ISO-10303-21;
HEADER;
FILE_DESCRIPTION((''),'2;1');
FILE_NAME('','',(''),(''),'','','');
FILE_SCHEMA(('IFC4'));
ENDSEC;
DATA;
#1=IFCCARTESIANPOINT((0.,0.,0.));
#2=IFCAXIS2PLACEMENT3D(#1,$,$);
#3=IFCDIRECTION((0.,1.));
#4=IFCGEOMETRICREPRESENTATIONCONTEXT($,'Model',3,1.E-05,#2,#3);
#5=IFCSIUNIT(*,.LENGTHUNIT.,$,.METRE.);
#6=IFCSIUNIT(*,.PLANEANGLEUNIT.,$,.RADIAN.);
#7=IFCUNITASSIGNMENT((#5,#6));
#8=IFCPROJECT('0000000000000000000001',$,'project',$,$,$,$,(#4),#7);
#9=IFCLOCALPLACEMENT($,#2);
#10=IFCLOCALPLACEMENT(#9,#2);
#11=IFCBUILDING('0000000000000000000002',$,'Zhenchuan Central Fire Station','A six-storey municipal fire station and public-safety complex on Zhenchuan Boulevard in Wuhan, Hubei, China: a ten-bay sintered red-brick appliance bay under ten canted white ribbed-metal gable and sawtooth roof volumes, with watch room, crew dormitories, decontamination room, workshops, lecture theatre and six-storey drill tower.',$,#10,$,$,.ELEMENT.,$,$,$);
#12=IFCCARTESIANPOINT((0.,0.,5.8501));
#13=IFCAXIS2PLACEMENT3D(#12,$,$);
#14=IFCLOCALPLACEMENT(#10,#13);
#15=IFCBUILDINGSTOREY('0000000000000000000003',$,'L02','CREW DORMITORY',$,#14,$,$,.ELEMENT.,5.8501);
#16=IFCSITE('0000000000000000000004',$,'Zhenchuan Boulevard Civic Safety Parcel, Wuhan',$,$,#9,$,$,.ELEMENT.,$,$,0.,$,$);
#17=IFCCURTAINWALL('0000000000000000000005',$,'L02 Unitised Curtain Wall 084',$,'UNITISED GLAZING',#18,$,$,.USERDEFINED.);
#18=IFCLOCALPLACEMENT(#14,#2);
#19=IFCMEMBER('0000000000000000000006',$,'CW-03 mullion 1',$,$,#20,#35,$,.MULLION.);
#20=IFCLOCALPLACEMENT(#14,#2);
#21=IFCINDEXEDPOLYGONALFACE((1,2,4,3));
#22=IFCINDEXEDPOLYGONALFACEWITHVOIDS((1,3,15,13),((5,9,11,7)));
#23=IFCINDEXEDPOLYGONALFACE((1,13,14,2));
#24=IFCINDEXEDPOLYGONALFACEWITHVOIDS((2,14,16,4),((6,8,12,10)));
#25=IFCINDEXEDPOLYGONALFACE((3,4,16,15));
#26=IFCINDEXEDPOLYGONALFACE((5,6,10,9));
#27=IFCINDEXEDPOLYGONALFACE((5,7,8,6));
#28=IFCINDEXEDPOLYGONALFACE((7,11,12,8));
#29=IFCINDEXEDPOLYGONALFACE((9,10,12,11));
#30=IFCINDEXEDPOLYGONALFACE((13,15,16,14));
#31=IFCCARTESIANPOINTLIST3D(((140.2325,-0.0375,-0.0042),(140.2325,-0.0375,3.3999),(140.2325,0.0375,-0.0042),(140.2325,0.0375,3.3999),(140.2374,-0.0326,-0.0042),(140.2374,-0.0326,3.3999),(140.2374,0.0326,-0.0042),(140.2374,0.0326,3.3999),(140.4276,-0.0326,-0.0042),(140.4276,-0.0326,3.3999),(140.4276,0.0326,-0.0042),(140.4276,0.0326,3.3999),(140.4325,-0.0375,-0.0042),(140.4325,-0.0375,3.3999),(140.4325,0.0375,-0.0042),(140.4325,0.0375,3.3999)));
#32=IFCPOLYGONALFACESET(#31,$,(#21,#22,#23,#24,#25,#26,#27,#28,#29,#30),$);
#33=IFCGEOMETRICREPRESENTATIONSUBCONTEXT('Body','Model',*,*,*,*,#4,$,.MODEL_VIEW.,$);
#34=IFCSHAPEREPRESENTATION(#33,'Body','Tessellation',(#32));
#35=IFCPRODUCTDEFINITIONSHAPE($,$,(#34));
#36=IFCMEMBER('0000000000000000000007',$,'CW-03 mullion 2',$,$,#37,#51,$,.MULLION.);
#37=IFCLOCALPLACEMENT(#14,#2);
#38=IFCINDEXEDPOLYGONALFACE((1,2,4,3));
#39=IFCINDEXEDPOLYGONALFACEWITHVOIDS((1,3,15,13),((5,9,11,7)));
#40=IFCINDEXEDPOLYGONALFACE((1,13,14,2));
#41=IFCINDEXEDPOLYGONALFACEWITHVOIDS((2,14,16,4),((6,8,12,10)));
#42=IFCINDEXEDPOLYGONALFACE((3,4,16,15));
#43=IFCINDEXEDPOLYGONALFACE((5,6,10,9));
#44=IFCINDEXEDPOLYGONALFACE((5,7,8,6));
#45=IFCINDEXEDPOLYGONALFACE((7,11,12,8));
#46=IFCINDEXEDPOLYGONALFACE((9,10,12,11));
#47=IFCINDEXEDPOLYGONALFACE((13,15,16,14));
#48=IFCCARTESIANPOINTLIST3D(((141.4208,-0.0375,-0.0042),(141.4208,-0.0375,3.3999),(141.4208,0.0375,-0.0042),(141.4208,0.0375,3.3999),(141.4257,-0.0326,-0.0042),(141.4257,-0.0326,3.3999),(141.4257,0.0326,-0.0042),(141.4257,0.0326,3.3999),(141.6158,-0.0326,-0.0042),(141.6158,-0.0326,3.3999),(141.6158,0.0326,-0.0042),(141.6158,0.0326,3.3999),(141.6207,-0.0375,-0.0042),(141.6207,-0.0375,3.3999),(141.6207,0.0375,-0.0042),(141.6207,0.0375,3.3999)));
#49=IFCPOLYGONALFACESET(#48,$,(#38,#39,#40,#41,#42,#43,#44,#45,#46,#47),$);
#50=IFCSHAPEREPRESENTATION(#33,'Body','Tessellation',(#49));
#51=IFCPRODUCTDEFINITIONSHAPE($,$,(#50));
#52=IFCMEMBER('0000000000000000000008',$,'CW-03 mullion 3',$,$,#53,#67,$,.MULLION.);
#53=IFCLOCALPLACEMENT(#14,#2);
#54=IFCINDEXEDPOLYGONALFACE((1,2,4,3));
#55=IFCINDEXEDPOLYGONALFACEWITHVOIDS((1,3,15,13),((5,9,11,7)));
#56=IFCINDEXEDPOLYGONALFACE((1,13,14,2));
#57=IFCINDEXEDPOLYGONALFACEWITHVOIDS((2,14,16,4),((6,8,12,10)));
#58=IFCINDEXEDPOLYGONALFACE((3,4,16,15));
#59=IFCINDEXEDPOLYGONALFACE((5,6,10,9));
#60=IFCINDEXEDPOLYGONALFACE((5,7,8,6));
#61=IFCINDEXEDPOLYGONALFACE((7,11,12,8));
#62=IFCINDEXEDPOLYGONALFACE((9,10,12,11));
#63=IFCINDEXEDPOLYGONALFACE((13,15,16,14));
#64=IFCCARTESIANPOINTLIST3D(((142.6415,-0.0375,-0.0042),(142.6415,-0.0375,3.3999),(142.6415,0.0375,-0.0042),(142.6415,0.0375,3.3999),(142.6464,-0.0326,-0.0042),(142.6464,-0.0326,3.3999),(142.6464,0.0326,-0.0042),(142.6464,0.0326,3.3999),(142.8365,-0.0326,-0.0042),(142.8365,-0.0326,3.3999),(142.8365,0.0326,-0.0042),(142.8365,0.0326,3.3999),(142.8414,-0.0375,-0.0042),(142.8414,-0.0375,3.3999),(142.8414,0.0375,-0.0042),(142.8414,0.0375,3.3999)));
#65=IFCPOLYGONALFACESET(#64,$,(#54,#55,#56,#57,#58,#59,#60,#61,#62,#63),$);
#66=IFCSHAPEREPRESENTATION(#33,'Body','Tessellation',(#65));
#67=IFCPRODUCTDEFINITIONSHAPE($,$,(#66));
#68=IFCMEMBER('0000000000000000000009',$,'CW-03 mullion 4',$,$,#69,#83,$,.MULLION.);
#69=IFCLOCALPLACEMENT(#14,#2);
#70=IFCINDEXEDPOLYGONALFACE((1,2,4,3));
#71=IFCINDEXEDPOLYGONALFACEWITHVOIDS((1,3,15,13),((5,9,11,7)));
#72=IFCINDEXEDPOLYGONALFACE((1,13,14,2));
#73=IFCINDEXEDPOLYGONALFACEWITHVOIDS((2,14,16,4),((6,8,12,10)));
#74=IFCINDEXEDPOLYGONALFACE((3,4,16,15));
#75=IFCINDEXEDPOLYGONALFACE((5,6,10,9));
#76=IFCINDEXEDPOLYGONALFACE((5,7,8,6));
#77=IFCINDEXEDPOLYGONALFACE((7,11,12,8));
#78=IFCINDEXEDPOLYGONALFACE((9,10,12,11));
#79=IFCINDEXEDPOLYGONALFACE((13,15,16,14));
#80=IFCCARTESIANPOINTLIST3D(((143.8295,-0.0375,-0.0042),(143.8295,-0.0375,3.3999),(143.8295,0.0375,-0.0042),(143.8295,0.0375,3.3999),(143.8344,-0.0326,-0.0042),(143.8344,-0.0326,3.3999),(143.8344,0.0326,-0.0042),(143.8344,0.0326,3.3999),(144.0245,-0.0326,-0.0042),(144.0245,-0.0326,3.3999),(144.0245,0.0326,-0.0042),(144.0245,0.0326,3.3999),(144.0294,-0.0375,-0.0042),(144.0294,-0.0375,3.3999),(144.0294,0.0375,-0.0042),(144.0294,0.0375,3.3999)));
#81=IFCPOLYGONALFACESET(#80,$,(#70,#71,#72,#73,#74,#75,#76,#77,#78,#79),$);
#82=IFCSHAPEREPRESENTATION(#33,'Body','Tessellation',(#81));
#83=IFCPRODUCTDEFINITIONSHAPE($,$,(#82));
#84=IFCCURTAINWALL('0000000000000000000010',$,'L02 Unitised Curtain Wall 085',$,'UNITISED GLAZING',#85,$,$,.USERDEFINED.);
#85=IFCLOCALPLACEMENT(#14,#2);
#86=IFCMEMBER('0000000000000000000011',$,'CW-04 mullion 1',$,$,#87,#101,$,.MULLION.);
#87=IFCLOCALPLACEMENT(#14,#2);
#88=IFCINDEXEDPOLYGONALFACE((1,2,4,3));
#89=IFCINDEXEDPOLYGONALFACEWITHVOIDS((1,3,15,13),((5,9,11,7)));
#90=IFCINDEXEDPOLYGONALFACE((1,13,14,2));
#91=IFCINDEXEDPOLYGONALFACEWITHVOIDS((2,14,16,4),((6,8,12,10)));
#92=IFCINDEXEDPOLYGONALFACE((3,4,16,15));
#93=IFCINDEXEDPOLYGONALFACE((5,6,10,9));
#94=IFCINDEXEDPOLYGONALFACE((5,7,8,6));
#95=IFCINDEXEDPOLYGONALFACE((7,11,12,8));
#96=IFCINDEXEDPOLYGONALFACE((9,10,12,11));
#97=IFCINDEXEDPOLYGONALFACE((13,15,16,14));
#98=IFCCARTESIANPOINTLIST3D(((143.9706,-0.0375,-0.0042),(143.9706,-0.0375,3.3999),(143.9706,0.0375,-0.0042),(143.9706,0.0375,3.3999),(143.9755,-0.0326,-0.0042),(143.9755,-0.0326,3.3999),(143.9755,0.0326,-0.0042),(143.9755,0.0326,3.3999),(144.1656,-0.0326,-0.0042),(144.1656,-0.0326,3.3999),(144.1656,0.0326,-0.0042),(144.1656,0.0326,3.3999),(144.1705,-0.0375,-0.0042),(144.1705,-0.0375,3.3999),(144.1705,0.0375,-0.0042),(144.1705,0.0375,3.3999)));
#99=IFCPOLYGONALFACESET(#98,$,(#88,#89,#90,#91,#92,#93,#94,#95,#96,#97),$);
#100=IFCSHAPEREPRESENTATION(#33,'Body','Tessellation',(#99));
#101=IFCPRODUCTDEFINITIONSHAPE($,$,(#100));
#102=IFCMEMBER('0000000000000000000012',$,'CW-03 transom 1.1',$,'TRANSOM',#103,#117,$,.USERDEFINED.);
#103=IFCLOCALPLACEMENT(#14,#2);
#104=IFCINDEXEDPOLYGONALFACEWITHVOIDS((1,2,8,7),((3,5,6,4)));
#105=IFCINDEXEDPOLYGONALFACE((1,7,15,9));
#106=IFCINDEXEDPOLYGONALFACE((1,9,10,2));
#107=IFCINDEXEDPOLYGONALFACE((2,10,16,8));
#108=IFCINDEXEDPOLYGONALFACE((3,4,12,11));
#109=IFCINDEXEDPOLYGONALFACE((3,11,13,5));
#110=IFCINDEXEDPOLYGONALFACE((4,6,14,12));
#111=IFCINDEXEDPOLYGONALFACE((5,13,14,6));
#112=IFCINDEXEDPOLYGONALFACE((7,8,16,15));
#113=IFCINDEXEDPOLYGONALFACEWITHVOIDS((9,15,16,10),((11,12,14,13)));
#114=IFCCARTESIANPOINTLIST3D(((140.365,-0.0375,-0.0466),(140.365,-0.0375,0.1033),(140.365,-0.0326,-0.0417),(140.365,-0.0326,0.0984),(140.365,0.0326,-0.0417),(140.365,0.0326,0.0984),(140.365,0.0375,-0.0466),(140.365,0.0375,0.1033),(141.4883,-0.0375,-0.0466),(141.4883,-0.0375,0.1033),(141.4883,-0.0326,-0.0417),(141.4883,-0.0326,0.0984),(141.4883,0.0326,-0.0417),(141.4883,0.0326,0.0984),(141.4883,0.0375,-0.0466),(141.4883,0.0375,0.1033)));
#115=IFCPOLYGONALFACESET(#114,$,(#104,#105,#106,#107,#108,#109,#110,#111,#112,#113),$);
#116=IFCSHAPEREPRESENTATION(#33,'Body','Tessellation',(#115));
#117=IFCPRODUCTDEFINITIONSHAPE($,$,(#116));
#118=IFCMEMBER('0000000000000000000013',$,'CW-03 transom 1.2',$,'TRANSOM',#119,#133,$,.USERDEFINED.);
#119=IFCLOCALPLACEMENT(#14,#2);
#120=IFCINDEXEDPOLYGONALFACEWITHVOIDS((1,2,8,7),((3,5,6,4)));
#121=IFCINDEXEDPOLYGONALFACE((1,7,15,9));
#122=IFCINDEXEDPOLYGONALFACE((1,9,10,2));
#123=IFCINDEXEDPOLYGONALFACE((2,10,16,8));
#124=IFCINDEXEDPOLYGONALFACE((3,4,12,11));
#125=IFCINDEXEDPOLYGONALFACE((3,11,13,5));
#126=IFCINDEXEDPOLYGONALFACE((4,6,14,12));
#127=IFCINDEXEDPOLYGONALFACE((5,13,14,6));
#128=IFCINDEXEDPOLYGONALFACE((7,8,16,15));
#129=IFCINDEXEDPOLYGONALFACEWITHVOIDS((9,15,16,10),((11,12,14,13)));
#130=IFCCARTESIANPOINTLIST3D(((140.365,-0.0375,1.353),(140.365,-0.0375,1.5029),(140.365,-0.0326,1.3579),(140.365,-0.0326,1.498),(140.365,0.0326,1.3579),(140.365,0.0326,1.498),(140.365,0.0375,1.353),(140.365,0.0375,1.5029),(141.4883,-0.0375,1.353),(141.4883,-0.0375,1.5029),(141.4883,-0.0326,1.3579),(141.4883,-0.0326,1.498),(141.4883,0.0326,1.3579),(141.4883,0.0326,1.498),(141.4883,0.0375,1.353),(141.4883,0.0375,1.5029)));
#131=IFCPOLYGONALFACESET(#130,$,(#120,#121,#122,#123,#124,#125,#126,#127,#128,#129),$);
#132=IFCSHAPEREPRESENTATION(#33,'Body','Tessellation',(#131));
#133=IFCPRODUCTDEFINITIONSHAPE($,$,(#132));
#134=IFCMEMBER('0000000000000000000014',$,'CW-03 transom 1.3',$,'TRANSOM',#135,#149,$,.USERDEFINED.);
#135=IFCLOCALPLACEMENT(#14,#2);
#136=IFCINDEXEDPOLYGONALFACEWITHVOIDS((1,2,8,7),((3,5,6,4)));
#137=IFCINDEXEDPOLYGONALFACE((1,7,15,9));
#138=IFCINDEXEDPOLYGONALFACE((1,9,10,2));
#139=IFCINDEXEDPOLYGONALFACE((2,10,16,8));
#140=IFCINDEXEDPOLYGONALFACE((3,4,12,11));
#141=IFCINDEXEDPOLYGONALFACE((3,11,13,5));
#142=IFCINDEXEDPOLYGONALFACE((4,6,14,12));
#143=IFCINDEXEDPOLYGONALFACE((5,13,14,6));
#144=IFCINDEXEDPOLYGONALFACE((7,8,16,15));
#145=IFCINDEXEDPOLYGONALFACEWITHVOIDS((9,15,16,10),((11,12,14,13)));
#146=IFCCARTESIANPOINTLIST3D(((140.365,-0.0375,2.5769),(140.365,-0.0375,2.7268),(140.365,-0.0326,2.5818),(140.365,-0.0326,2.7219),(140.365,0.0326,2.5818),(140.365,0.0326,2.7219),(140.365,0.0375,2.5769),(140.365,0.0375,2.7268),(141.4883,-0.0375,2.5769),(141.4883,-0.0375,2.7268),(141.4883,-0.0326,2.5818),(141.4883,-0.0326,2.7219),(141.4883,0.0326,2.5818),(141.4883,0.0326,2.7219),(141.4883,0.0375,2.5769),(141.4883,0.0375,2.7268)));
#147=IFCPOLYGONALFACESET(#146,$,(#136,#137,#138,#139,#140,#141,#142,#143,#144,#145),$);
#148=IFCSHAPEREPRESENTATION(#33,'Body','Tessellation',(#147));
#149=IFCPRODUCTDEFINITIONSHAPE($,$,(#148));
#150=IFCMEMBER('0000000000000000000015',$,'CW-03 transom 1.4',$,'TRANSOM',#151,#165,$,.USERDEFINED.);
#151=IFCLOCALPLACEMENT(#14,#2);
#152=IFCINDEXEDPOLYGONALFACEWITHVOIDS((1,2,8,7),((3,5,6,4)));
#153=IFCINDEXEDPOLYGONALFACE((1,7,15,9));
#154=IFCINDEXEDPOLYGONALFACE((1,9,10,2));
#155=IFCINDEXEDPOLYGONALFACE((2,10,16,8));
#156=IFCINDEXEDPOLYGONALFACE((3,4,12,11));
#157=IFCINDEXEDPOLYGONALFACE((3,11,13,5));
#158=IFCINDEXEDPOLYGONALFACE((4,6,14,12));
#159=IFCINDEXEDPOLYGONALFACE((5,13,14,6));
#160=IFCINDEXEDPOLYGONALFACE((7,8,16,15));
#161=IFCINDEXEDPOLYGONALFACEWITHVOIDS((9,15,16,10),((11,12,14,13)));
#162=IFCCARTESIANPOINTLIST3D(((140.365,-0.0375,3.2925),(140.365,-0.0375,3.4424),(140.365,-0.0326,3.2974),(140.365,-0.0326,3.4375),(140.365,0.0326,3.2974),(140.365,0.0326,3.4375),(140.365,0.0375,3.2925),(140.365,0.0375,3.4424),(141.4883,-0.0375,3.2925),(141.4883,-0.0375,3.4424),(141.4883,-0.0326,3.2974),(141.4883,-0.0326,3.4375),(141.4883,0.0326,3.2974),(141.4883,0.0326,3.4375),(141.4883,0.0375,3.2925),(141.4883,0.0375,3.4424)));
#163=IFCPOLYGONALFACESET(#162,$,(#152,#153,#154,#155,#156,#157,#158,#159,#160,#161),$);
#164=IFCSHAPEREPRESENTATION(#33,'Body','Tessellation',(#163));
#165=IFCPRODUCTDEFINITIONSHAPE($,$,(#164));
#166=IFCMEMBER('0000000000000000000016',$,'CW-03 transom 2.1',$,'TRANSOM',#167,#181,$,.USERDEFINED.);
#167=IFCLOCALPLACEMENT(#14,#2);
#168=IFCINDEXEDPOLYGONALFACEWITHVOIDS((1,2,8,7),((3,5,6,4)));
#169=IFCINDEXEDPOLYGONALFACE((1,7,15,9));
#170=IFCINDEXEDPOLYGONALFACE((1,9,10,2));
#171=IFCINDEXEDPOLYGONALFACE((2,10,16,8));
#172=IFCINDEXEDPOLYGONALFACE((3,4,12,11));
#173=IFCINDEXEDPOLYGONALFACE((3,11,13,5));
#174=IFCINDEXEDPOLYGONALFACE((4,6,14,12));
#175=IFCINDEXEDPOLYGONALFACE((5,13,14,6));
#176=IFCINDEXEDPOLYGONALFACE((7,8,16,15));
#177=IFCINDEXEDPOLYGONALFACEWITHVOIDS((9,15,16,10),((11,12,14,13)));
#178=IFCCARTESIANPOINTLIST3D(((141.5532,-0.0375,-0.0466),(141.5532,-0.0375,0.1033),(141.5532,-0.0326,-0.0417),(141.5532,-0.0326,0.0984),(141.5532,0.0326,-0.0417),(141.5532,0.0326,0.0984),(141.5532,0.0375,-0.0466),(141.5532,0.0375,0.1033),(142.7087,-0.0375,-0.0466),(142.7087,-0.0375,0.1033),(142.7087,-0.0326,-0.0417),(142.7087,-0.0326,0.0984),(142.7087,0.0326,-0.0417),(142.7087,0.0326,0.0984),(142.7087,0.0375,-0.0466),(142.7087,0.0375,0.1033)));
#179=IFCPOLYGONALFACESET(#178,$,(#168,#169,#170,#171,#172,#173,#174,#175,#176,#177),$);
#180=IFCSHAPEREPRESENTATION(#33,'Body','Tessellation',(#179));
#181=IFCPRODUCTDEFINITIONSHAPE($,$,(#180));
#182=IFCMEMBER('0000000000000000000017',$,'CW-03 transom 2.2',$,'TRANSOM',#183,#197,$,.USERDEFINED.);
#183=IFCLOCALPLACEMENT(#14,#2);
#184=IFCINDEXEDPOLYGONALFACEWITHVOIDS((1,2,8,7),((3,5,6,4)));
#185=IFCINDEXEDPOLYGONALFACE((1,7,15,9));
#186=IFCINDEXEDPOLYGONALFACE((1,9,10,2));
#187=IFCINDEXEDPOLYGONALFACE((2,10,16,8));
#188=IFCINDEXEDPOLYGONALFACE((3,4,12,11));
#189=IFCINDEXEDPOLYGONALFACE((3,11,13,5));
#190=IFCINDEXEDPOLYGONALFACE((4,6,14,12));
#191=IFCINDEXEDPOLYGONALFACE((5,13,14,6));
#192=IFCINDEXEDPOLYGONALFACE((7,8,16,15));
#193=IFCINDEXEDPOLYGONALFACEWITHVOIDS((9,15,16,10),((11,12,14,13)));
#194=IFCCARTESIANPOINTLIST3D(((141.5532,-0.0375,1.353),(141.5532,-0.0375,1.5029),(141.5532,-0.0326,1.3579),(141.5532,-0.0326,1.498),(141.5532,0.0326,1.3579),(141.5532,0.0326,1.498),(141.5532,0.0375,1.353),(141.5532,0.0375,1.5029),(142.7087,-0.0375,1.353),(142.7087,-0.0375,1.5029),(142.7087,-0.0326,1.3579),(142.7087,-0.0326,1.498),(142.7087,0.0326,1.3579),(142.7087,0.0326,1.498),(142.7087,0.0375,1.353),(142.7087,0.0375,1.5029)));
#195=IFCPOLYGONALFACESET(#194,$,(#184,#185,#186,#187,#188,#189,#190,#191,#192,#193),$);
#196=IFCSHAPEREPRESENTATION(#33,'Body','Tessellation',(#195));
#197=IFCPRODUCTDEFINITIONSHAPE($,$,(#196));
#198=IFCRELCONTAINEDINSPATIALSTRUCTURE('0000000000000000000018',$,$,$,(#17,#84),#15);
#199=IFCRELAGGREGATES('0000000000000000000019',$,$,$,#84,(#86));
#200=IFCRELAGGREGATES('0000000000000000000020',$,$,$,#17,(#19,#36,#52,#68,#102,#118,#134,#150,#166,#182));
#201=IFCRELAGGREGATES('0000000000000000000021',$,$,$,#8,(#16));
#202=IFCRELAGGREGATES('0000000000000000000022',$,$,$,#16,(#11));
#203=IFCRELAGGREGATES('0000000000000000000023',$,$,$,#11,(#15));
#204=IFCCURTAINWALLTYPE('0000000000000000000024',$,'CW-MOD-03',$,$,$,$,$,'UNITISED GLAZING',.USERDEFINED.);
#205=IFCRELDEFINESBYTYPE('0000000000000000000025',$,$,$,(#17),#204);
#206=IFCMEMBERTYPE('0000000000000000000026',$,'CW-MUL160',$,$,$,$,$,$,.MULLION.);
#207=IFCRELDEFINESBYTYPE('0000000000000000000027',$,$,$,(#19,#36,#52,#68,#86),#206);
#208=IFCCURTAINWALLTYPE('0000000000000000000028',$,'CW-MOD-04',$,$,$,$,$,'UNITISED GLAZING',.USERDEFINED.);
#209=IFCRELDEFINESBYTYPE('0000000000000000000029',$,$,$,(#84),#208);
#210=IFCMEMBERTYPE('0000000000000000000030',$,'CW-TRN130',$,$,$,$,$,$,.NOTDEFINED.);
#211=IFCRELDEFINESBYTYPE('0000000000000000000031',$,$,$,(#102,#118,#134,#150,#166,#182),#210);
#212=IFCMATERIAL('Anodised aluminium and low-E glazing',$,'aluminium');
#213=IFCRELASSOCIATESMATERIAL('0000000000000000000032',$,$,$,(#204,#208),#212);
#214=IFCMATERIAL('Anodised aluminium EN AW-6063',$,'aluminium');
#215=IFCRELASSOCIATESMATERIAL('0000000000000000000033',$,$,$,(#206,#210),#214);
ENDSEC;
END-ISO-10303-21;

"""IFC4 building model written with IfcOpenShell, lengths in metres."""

from ifc_helpers import new_model, si_unit, direction, frame, origin, origin_2d, place, context, subcontext, project, spatial, hollow_rectangle, extrude, material, material_profile, profile_set, type_object, element, aggregate, save


model = new_model("IFC4")

# Units and contexts
model_context = context("Model", 3, precision=1e-05, world=origin(), true_north=direction((0.0, 1.0)))
body_context = subcontext(model_context, "Body", "Model", "MODEL_VIEW")
ifc_project = project(units=[si_unit("LENGTHUNIT", "METRE"), si_unit("PLANEANGLEUNIT", "RADIAN")], contexts=[model_context])

# Site, building, storey
site_placement = place(None, origin())
site = spatial("IfcSite", under=ifc_project, at=site_placement, Name="Zhenchuan Boulevard Civic Safety Parcel, Wuhan", CompositionType="ELEMENT", RefElevation=0.0)
building_placement = place(site_placement, origin())
building = spatial("IfcBuilding", under=site, at=building_placement, Name="Zhenchuan Central Fire Station", Description="A six-storey municipal fire station and public-safety complex on Zhenchuan Boulevard in Wuhan, Hubei, China: a ten-bay sintered red-brick appliance bay under ten canted white ribbed-metal gable and sawtooth roof volumes, with watch room, crew dormitories, decontamination room, workshops, lecture theatre and six-storey drill tower.", CompositionType="ELEMENT")
storey_placement = place(building_placement, frame((0.0, 0.0, 5.8501)))
storey = spatial("IfcBuildingStorey", under=building, at=storey_placement, Name="L02", Description="CREW DORMITORY", CompositionType="ELEMENT", Elevation=5.8501)

# Curtain wall, members
ifc_material_1 = material(Name="Anodised aluminium and low-E glazing", Category="aluminium")
curtain_wall_type_1 = type_object("IfcCurtainWallType", Name="CW-MOD-03", ElementType="UNITISED GLAZING", PredefinedType="USERDEFINED", material=ifc_material_1)
curtain_wall_1_placement = place(storey_placement, origin())
curtain_wall_1 = element("IfcCurtainWall", 1, at=curtain_wall_1_placement, inside=storey, type_object=curtain_wall_type_1, Name="L02 Unitised Curtain Wall 084", ObjectType="UNITISED GLAZING", PredefinedType="USERDEFINED")
ifc_material_2 = material(Name="Anodised aluminium EN AW-6063", Category="aluminium")
ifc_material_profile_1 = material_profile(ifc_material_2, hollow_rectangle(XDim=0.075, YDim=0.2, WallThickness=0.0049, at=origin_2d()), Name="ALU-M 200x75")
ifc_profile_set_1 = profile_set([ifc_material_profile_1], Name="Anodised aluminium EN AW-6063")
member_type_1 = type_object("IfcMemberType", Name="CW-MUL160", PredefinedType="MULLION", material=ifc_profile_set_1)
member_1_placement = place(storey_placement, frame((140.3325, 0.0, -0.0042), z_axis=(0.0, 0.0, 1.0), x_axis=(0.0, 1.0, 0.0)))
member_1 = element("IfcMember", 2, at=member_1_placement, type_object=member_type_1, Name="CW-03 mullion 1", PredefinedType="MULLION", context=body_context, shape_type="SweptSolid", body=[
    extrude(hollow_rectangle(XDim=0.075, YDim=0.2, WallThickness=0.0049, at=origin_2d()), origin(), (0.0, 0.0, 1.0), 3.4041),
])
member_2_placement = place(storey_placement, frame((141.5208, 0.0, -0.0042), z_axis=(0.0, 0.0, 1.0), x_axis=(0.0, 1.0, 0.0)))
member_2 = element("IfcMember", 3, at=member_2_placement, type_object=member_type_1, Name="CW-03 mullion 2", PredefinedType="MULLION", context=body_context, shape_type="SweptSolid", body=[
    extrude(hollow_rectangle(XDim=0.075, YDim=0.2, WallThickness=0.0049, at=origin_2d()), origin(), (0.0, 0.0, 1.0), 3.4041),
])
member_3_placement = place(storey_placement, frame((142.7415, 0.0, -0.0042), z_axis=(0.0, 0.0, 1.0), x_axis=(0.0, 1.0, 0.0)))
member_3 = element("IfcMember", 4, at=member_3_placement, type_object=member_type_1, Name="CW-03 mullion 3", PredefinedType="MULLION", context=body_context, shape_type="SweptSolid", body=[
    extrude(hollow_rectangle(XDim=0.075, YDim=0.2, WallThickness=0.0049, at=origin_2d()), origin(), (0.0, 0.0, 1.0), 3.4041),
])
member_4_placement = place(storey_placement, frame((143.9294, 0.0, -0.0042), z_axis=(0.0, 0.0, 1.0), x_axis=(0.0, 1.0, 0.0)))
member_4 = element("IfcMember", 5, at=member_4_placement, type_object=member_type_1, Name="CW-03 mullion 4", PredefinedType="MULLION", context=body_context, shape_type="SweptSolid", body=[
    extrude(hollow_rectangle(XDim=0.075, YDim=0.2, WallThickness=0.0049, at=origin_2d()), origin(), (0.0, 0.0, 1.0), 3.4041),
])

# Curtain wall, member
curtain_wall_type_2 = type_object("IfcCurtainWallType", Name="CW-MOD-04", ElementType="UNITISED GLAZING", PredefinedType="USERDEFINED", material=ifc_material_1)
curtain_wall_2_placement = place(storey_placement, origin())
curtain_wall_2 = element("IfcCurtainWall", 6, at=curtain_wall_2_placement, inside=storey, type_object=curtain_wall_type_2, Name="L02 Unitised Curtain Wall 085", ObjectType="UNITISED GLAZING", PredefinedType="USERDEFINED")
member_5_placement = place(storey_placement, frame((144.0706, 0.0, -0.0042), z_axis=(0.0, 0.0, 1.0), x_axis=(0.0, 1.0, 0.0)))
member_5 = element("IfcMember", 7, at=member_5_placement, type_object=member_type_1, Name="CW-04 mullion 1", PredefinedType="MULLION", context=body_context, shape_type="SweptSolid", body=[
    extrude(hollow_rectangle(XDim=0.075, YDim=0.2, WallThickness=0.0049, at=origin_2d()), origin(), (0.0, 0.0, 1.0), 3.4041),
])

# Members
ifc_material_profile_2 = material_profile(ifc_material_2, hollow_rectangle(XDim=0.075, YDim=0.1499, WallThickness=0.0049, at=origin_2d()), Name="ALU-T 150x75")
ifc_profile_set_2 = profile_set([ifc_material_profile_2], Name="Anodised aluminium EN AW-6063")
member_type_2 = type_object("IfcMemberType", Name="CW-TRN130", PredefinedType="NOTDEFINED", material=ifc_profile_set_2)
member_6_placement = place(storey_placement, frame((140.365, 0.0, 0.0283), z_axis=(1.0, 0.0, 0.0), x_axis=(0.0, 1.0, 0.0)))
member_6 = element("IfcMember", 8, at=member_6_placement, type_object=member_type_2, Name="CW-03 transom 1.1", ObjectType="TRANSOM", PredefinedType="USERDEFINED", context=body_context, shape_type="SweptSolid", body=[
    extrude(hollow_rectangle(XDim=0.075, YDim=0.1499, WallThickness=0.0049, at=origin_2d()), origin(), (0.0, 0.0, 1.0), 1.1233),
])
member_7_placement = place(storey_placement, frame((140.365, 0.0, 1.428), z_axis=(1.0, 0.0, 0.0), x_axis=(0.0, 1.0, 0.0)))
member_7 = element("IfcMember", 9, at=member_7_placement, type_object=member_type_2, Name="CW-03 transom 1.2", ObjectType="TRANSOM", PredefinedType="USERDEFINED", context=body_context, shape_type="SweptSolid", body=[
    extrude(hollow_rectangle(XDim=0.075, YDim=0.1499, WallThickness=0.0049, at=origin_2d()), origin(), (0.0, 0.0, 1.0), 1.1233),
])
member_8_placement = place(storey_placement, frame((140.365, 0.0, 2.6519), z_axis=(1.0, 0.0, 0.0), x_axis=(0.0, 1.0, 0.0)))
member_8 = element("IfcMember", 10, at=member_8_placement, type_object=member_type_2, Name="CW-03 transom 1.3", ObjectType="TRANSOM", PredefinedType="USERDEFINED", context=body_context, shape_type="SweptSolid", body=[
    extrude(hollow_rectangle(XDim=0.075, YDim=0.1499, WallThickness=0.0049, at=origin_2d()), origin(), (0.0, 0.0, 1.0), 1.1233),
])
member_9_placement = place(storey_placement, frame((140.365, 0.0, 3.3674), z_axis=(1.0, 0.0, 0.0), x_axis=(0.0, 1.0, 0.0)))
member_9 = element("IfcMember", 11, at=member_9_placement, type_object=member_type_2, Name="CW-03 transom 1.4", ObjectType="TRANSOM", PredefinedType="USERDEFINED", context=body_context, shape_type="SweptSolid", body=[
    extrude(hollow_rectangle(XDim=0.075, YDim=0.1499, WallThickness=0.0049, at=origin_2d()), origin(), (0.0, 0.0, 1.0), 1.1233),
])
member_10_placement = place(storey_placement, frame((141.5532, 0.0, 0.0283), z_axis=(1.0, 0.0, 0.0), x_axis=(0.0, 1.0, 0.0)))
member_10 = element("IfcMember", 12, at=member_10_placement, type_object=member_type_2, Name="CW-03 transom 2.1", ObjectType="TRANSOM", PredefinedType="USERDEFINED", context=body_context, shape_type="SweptSolid", body=[
    extrude(hollow_rectangle(XDim=0.075, YDim=0.1499, WallThickness=0.0049, at=origin_2d()), origin(), (0.0, 0.0, 1.0), 1.1555),
])
member_11_placement = place(storey_placement, frame((141.5532, 0.0, 1.428), z_axis=(1.0, 0.0, 0.0), x_axis=(0.0, 1.0, 0.0)))
member_11 = element("IfcMember", 13, at=member_11_placement, type_object=member_type_2, Name="CW-03 transom 2.2", ObjectType="TRANSOM", PredefinedType="USERDEFINED", context=body_context, shape_type="SweptSolid", body=[
    extrude(hollow_rectangle(XDim=0.075, YDim=0.1499, WallThickness=0.0049, at=origin_2d()), origin(), (0.0, 0.0, 1.0), 1.1555),
])
aggregate(curtain_wall_2, [member_5])

aggregate(curtain_wall_1, [member_1, member_2, member_3, member_4, member_6, member_7, member_8, member_9, member_10, member_11])

save(model, "model.ifc")
